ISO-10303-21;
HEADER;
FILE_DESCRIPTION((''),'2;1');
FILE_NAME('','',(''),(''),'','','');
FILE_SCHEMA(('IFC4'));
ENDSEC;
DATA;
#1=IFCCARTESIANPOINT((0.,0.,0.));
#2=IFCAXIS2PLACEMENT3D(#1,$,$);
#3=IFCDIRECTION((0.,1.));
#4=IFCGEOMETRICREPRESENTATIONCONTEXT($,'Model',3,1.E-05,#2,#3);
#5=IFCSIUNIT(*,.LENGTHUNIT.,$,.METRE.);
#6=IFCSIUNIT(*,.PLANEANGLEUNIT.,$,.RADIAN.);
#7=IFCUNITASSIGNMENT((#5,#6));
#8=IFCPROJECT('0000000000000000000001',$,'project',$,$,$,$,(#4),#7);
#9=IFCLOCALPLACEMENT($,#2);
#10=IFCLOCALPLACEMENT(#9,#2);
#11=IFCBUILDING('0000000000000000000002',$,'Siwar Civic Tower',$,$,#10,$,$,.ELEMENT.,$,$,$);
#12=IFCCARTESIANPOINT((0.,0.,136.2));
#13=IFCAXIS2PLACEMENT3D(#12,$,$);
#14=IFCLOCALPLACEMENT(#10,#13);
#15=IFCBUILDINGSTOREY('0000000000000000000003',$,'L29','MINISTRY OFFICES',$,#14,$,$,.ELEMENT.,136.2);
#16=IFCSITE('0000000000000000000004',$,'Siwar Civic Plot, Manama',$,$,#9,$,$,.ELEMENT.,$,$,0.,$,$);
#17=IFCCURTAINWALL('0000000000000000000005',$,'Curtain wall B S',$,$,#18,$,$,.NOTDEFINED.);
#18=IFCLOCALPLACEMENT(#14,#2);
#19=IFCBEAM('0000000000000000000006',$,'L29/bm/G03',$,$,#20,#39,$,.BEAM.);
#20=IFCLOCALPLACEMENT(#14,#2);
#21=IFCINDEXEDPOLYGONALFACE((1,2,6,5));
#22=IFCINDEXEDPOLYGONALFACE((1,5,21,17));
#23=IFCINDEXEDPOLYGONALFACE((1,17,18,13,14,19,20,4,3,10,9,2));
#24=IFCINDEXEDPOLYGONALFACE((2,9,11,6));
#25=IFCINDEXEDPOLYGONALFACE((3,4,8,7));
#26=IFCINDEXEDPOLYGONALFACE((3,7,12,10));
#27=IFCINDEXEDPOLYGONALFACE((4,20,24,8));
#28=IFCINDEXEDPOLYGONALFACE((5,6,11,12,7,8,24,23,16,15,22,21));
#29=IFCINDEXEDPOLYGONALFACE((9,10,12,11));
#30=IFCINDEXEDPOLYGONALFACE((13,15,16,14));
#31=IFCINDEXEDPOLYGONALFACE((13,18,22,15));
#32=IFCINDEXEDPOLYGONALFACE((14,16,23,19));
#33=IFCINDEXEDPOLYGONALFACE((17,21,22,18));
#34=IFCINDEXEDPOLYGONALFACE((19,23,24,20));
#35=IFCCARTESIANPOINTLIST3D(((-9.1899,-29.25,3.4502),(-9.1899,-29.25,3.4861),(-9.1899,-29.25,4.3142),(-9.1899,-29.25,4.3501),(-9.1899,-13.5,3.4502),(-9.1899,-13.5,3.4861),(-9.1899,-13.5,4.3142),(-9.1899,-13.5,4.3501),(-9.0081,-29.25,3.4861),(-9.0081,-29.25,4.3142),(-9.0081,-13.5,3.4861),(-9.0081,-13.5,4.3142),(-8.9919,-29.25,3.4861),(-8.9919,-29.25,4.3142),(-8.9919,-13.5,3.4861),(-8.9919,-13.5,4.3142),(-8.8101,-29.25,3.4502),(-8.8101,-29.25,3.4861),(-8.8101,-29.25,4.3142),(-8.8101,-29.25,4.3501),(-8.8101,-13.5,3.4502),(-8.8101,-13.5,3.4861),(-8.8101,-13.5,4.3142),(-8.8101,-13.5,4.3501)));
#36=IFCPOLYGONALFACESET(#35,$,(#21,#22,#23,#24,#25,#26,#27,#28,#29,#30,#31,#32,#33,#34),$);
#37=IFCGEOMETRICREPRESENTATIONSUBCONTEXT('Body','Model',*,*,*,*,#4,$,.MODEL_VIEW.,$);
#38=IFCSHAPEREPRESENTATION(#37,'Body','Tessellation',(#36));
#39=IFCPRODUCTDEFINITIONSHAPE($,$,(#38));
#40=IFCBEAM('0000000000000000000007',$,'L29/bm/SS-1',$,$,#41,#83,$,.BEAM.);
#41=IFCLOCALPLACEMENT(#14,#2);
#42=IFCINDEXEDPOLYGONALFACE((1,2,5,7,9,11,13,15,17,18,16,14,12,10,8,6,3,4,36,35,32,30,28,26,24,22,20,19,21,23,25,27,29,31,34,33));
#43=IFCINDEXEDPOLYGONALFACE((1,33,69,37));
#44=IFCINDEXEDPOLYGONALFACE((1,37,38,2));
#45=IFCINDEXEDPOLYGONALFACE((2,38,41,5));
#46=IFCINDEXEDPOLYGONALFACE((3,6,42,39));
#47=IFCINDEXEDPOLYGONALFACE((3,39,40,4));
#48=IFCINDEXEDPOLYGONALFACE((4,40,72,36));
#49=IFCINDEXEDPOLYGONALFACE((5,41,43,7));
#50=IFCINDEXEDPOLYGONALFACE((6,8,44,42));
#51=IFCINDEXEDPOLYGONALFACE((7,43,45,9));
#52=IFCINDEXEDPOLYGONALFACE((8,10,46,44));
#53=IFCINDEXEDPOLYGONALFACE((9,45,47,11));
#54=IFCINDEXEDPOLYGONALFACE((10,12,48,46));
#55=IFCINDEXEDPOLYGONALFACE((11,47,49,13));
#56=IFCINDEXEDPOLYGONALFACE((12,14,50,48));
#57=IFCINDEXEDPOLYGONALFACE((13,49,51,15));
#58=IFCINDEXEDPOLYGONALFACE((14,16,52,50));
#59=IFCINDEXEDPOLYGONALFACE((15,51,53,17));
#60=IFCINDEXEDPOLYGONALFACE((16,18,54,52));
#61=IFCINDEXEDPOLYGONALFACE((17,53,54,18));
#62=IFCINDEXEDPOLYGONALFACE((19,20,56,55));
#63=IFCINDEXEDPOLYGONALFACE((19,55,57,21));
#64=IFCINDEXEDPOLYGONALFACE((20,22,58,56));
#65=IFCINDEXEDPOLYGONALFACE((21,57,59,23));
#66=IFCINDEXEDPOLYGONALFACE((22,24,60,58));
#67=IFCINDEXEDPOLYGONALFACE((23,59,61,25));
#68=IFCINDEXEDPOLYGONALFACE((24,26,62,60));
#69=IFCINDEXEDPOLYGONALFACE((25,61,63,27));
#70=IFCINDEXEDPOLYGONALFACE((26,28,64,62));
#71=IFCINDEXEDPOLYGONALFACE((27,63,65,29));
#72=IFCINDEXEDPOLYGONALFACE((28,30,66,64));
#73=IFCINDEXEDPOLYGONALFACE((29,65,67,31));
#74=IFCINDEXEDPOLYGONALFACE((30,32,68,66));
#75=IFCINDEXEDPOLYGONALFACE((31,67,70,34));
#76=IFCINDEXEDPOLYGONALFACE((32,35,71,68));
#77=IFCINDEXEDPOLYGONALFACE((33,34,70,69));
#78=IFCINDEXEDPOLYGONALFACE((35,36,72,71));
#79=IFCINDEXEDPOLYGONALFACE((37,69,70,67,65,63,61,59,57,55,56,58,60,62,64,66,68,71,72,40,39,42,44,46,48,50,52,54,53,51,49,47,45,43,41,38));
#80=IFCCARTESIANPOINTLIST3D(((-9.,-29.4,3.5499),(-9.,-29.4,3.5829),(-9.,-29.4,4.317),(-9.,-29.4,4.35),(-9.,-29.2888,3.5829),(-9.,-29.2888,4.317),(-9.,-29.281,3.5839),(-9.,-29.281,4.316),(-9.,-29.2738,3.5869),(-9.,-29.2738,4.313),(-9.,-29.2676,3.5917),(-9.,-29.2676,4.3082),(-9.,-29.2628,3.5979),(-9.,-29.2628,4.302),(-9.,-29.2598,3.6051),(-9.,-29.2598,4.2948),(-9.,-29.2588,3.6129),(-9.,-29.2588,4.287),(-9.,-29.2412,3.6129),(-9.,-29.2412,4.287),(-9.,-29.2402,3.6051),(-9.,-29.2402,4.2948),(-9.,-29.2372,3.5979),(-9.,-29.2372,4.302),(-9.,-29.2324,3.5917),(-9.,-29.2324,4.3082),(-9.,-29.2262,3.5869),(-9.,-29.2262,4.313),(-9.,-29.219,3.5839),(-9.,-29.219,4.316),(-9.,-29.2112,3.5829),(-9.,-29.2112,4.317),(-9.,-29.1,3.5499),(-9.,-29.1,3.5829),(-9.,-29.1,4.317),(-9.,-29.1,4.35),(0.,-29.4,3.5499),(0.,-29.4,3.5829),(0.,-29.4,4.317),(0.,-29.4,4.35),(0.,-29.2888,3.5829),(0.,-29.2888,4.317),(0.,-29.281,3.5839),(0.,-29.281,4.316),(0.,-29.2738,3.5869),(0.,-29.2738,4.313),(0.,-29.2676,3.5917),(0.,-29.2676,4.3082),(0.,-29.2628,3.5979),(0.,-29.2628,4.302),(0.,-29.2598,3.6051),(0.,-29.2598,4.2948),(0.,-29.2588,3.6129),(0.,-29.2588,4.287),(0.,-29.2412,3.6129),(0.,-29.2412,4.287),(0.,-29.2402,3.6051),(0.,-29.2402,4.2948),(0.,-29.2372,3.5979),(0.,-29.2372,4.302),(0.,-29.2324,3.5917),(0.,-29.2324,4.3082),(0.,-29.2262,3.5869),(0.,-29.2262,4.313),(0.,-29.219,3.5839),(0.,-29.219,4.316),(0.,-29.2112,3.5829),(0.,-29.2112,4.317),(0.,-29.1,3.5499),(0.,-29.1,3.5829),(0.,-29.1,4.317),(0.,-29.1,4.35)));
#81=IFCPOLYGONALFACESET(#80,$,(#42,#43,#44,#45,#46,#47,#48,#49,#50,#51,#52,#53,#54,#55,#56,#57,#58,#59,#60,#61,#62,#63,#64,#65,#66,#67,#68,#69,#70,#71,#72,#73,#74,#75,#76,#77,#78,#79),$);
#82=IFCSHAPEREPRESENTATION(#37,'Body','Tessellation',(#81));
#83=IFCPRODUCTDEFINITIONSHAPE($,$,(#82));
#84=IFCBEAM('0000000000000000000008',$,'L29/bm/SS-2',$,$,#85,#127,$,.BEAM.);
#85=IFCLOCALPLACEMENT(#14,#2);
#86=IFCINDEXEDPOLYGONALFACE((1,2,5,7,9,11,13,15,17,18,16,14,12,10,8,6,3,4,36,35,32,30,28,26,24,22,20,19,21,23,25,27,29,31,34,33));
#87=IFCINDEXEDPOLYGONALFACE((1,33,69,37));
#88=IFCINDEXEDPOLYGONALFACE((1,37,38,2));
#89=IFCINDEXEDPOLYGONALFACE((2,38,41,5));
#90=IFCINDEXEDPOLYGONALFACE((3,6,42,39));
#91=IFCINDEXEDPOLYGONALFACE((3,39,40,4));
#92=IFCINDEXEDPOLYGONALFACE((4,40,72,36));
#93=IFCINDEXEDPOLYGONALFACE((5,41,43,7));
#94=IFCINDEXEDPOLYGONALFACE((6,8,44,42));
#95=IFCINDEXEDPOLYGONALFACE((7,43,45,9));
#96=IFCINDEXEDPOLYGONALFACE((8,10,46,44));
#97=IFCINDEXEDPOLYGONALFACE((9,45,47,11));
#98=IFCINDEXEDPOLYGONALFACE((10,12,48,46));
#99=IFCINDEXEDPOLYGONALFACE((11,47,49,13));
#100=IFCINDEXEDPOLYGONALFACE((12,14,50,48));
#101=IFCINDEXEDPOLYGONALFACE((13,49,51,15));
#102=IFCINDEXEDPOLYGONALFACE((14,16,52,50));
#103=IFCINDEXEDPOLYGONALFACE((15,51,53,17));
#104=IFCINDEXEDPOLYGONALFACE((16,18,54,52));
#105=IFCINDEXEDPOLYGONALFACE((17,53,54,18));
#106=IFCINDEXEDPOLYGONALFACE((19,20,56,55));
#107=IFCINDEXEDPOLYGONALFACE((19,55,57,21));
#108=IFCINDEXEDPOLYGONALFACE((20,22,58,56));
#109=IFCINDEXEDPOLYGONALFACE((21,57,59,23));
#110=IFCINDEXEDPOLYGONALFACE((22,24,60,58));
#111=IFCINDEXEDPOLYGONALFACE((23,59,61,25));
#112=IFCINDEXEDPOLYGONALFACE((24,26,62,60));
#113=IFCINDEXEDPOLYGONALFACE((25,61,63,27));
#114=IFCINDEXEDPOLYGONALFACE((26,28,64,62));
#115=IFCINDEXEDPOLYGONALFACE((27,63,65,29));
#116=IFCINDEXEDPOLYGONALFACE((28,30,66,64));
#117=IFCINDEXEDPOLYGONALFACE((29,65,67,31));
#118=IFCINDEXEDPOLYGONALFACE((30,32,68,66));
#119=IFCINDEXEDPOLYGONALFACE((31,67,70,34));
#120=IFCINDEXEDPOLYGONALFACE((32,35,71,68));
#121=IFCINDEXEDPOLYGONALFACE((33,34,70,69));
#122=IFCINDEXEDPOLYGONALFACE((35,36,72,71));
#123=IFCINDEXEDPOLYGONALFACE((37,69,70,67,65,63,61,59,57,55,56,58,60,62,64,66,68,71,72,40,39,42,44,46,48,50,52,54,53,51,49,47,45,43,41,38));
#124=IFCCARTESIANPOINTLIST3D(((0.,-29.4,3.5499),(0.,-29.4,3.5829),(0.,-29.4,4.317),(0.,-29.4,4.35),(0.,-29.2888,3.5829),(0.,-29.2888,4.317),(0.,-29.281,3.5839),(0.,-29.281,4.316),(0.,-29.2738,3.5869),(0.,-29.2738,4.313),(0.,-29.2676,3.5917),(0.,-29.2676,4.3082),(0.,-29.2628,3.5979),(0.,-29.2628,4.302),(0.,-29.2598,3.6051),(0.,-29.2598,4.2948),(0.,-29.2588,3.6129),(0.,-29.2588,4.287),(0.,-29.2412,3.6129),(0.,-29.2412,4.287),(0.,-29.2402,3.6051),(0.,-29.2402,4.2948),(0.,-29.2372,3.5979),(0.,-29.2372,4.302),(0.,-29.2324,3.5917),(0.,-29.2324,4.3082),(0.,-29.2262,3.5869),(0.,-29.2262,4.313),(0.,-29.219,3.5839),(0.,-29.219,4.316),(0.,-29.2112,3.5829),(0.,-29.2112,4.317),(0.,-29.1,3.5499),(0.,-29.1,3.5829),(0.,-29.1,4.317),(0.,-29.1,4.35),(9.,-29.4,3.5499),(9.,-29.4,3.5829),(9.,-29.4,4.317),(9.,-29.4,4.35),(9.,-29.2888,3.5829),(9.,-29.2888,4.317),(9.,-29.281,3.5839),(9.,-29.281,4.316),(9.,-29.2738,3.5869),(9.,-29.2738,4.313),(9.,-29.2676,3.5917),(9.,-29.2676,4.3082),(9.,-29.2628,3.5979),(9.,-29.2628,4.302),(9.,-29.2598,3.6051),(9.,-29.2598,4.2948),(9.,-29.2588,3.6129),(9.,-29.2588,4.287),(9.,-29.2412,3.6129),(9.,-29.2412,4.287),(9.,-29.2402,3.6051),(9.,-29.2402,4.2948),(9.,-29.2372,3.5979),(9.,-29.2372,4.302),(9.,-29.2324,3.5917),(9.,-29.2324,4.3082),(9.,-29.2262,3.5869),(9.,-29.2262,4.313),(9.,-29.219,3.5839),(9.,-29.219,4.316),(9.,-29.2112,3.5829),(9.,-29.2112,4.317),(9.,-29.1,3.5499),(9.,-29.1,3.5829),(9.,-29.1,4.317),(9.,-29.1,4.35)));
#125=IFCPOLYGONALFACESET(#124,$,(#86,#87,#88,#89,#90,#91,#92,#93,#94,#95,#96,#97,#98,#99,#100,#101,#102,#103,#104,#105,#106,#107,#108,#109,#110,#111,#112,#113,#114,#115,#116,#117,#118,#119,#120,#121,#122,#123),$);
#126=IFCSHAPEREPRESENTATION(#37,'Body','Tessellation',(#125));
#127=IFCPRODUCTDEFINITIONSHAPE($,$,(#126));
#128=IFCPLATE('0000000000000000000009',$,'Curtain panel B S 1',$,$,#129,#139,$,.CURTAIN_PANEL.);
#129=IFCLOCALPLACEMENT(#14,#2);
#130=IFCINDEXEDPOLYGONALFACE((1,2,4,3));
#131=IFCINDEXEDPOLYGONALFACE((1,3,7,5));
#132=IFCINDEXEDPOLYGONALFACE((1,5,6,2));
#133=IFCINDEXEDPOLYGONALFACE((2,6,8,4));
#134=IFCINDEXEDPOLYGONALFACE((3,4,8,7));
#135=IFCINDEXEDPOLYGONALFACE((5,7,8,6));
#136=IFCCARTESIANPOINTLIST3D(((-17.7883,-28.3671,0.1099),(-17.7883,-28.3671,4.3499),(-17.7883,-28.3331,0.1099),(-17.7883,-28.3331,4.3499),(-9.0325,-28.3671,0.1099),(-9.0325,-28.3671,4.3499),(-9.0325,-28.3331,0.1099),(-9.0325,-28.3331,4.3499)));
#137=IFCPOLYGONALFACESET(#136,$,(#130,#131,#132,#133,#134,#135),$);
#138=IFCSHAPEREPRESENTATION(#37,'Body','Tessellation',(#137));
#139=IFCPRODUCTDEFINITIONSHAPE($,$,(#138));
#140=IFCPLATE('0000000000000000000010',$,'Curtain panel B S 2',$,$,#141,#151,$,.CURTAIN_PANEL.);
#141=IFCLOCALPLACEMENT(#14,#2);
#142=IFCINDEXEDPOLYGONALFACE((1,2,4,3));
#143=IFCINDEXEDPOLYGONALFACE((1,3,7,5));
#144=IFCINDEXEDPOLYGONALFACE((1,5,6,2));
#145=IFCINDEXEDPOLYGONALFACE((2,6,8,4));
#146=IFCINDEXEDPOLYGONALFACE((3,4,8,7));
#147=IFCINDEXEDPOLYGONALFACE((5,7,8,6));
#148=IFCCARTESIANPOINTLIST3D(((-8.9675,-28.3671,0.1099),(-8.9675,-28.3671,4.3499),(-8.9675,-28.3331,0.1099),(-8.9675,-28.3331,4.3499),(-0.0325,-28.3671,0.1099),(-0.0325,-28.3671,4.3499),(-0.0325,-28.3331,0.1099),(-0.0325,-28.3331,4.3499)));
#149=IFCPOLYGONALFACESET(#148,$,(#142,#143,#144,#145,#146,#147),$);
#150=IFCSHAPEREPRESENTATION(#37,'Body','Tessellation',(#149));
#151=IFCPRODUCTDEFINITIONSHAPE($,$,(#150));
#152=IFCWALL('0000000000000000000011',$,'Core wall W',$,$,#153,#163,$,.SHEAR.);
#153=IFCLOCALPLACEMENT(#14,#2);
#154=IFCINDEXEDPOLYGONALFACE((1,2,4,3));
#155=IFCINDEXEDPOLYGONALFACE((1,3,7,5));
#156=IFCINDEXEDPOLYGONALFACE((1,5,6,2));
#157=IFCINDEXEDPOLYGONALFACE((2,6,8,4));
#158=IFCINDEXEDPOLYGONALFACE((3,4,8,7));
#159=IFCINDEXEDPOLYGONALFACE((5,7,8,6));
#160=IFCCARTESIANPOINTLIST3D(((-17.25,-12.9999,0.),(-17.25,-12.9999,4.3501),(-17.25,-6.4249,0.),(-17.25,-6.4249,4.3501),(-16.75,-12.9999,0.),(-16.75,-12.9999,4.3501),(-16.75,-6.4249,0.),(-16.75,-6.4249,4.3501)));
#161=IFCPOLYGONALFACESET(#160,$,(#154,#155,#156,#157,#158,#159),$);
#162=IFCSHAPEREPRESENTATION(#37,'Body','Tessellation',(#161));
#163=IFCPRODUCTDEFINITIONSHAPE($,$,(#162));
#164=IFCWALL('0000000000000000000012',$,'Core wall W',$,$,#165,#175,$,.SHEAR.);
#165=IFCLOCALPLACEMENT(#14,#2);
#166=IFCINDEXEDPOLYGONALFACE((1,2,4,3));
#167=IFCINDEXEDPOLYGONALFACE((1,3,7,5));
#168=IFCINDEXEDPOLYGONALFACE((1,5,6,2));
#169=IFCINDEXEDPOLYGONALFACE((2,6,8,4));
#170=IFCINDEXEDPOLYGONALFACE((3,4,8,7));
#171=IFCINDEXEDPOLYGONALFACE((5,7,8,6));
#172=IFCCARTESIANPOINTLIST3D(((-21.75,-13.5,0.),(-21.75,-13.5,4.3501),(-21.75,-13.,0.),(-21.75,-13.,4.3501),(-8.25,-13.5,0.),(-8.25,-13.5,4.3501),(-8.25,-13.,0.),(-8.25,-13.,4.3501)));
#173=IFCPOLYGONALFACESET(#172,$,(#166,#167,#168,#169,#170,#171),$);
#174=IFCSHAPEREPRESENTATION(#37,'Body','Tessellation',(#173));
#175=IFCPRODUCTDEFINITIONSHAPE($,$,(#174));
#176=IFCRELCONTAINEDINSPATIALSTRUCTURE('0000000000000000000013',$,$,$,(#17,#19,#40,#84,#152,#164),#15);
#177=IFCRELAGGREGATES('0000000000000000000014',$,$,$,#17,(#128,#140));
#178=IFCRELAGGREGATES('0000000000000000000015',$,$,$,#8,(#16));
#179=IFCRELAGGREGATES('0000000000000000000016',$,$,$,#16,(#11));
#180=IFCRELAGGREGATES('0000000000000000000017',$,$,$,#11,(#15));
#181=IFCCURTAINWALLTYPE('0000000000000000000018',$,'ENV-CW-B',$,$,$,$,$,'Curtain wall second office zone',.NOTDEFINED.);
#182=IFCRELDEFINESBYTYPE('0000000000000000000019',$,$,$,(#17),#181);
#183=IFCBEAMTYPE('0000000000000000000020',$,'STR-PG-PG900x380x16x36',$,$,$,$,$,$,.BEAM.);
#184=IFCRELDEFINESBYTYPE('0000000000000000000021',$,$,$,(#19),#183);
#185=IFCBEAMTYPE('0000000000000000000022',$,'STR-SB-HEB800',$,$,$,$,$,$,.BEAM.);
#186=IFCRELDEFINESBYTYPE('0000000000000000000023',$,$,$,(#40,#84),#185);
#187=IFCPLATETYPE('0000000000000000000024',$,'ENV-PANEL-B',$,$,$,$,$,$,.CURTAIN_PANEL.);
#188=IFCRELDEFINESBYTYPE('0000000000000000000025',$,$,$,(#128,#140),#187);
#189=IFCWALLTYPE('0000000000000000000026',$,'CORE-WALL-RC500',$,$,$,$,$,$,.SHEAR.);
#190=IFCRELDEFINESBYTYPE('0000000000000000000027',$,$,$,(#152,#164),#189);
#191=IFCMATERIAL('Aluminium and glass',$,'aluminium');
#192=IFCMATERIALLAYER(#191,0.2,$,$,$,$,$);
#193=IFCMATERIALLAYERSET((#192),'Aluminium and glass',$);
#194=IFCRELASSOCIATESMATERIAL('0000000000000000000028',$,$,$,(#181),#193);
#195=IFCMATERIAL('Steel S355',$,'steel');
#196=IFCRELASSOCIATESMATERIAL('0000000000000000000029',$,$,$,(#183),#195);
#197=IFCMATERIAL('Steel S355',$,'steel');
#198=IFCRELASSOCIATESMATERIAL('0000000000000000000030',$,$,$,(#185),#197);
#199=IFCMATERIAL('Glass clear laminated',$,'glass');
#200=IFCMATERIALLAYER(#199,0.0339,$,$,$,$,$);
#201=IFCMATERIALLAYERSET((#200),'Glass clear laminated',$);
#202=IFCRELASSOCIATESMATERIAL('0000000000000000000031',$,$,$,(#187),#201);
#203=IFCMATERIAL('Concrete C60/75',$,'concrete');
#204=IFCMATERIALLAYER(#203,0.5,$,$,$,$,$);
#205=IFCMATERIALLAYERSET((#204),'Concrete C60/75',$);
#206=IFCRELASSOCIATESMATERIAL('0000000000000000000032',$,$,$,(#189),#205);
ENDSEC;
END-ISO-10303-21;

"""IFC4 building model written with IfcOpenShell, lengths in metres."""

from ifc_helpers import new_model, si_unit, direction, frame, frame_2d, origin, origin_2d, place, context, subcontext, project, spatial, rectangle, i_section, extrude, material, layer, layer_set, material_profile, profile_set, type_object, element, aggregate, save


model = new_model("IFC4")

# Units and contexts
model_context = context("Model", 3, precision=1e-05, world=origin(), true_north=direction((0.0, 1.0)))
body_context = subcontext(model_context, "Body", "Model", "MODEL_VIEW")
ifc_project = project(units=[si_unit("LENGTHUNIT", "METRE"), si_unit("PLANEANGLEUNIT", "RADIAN")], contexts=[model_context])

# Site, building, storey
site_placement = place(None, origin())
site = spatial("IfcSite", under=ifc_project, at=site_placement, Name="Siwar Civic Plot, Manama", CompositionType="ELEMENT", RefElevation=0.0)
building_placement = place(site_placement, origin())
building = spatial("IfcBuilding", under=site, at=building_placement, Name="Siwar Civic Tower", CompositionType="ELEMENT")
storey_placement = place(building_placement, frame((0.0, 0.0, 136.2)))
storey = spatial("IfcBuildingStorey", under=building, at=storey_placement, Name="L29", Description="MINISTRY OFFICES", CompositionType="ELEMENT", Elevation=136.2)

# Curtain wall
ifc_material_1 = material(Name="Aluminium and glass", Category="aluminium")
ifc_layer_1 = layer(ifc_material_1, 0.2)
ifc_layer_set_1 = layer_set([ifc_layer_1], Name="Aluminium and glass")
curtain_wall_type = type_object("IfcCurtainWallType", Name="ENV-CW-B", ElementType="Curtain wall second office zone", PredefinedType="NOTDEFINED", material=ifc_layer_set_1)
curtain_wall_placement = place(storey_placement, origin())
curtain_wall = element("IfcCurtainWall", 1, at=curtain_wall_placement, inside=storey, type_object=curtain_wall_type, Name="Curtain wall B S", PredefinedType="NOTDEFINED")

# Beams
ifc_material_2 = material(Name="Steel S355", Category="steel")
ifc_material_profile_1 = material_profile(ifc_material_2, i_section(OverallWidth=0.3799, OverallDepth=0.8999, WebThickness=0.0161, FlangeThickness=0.0359, at=origin_2d()), Name="PG900x380x16x36")
ifc_profile_set_1 = profile_set([ifc_material_profile_1], Name="Steel S355")
beam_type_1 = type_object("IfcBeamType", Name="STR-PG-PG900x380x16x36", PredefinedType="BEAM", material=ifc_profile_set_1)
beam_1_placement = place(storey_placement, frame((-9.0, -29.25, 3.9001), z_axis=(0.0, 1.0, 0.0), x_axis=(-1.0, 0.0, 0.0)))
element("IfcBeam", 2, at=beam_1_placement, inside=storey, type_object=beam_type_1, Name="L29/bm/G03", PredefinedType="BEAM", context=body_context, shape_type="SweptSolid", body=[
    extrude(i_section(OverallWidth=0.3799, OverallDepth=0.8999, WebThickness=0.0161, FlangeThickness=0.0359, at=origin_2d()), origin(), (0.0, 0.0, 1.0), 15.75),
])
ifc_material_3 = material(Name="Steel S355", Category="steel")
ifc_material_profile_2 = material_profile(ifc_material_3, i_section(OverallWidth=0.3, OverallDepth=0.8, WebThickness=0.0176, FlangeThickness=0.033, FilletRadius=0.03, at=origin_2d()), Name="HEB800")
ifc_profile_set_2 = profile_set([ifc_material_profile_2], Name="Steel S355")
beam_type_2 = type_object("IfcBeamType", Name="STR-SB-HEB800", PredefinedType="BEAM", material=ifc_profile_set_2)
for number, where, z_axis, x_axis, name in (
    (3, (-9.0, -29.25, 3.95), (1.0, 0.0, 0.0), (0.0, 1.0, 0.0), "L29/bm/SS-1"),
    (4, (0.0, -29.25, 3.95), (1.0, 0.0, 0.0), (0.0, 1.0, 0.0), "L29/bm/SS-2"),
):
    element("IfcBeam", number, at=place(storey_placement, frame(where, z_axis=z_axis, x_axis=x_axis)), inside=storey, type_object=beam_type_2, Name=name, PredefinedType="BEAM", context=body_context, shape_type="SweptSolid", body=[
        extrude(i_section(OverallWidth=0.3, OverallDepth=0.8, WebThickness=0.0176, FlangeThickness=0.033, FilletRadius=0.03, at=origin_2d()), origin(), (0.0, 0.0, 1.0), 9.0),
    ])

# Plates
ifc_material_4 = material(Name="Glass clear laminated", Category="glass")
ifc_layer_2 = layer(ifc_material_4, 0.0339)
ifc_layer_set_2 = layer_set([ifc_layer_2], Name="Glass clear laminated")
plate_type = type_object("IfcPlateType", Name="ENV-PANEL-B", PredefinedType="CURTAIN_PANEL", material=ifc_layer_set_2)
plate_1_placement = place(storey_placement, frame((-13.4104, -28.3501, 0.1099), z_axis=(0.0, 0.0, 1.0), x_axis=(1.0, 0.0, 0.0)))
plate_1 = element("IfcPlate", 5, at=plate_1_placement, type_object=plate_type, Name="Curtain panel B S 1", PredefinedType="CURTAIN_PANEL", context=body_context, shape_type="SweptSolid", body=[
    extrude(rectangle(XDim=8.7559, YDim=0.0339, at=origin_2d()), origin(), (0.0, 0.0, 1.0), 4.24),
])
plate_2_placement = place(storey_placement, frame((-4.5, -28.3501, 0.1099), z_axis=(0.0, 0.0, 1.0), x_axis=(1.0, 0.0, 0.0)))
plate_2 = element("IfcPlate", 6, at=plate_2_placement, type_object=plate_type, Name="Curtain panel B S 2", PredefinedType="CURTAIN_PANEL", context=body_context, shape_type="SweptSolid", body=[
    extrude(rectangle(XDim=8.9351, YDim=0.0339, at=origin_2d()), origin(), (0.0, 0.0, 1.0), 4.24),
])
aggregate(curtain_wall, [plate_1, plate_2])

# Walls
ifc_material_5 = material(Name="Concrete C60/75", Category="concrete")
ifc_layer_3 = layer(ifc_material_5, 0.5)
ifc_layer_set_3 = layer_set([ifc_layer_3], Name="Concrete C60/75")
wall_type_1 = type_object("IfcWallType", Name="CORE-WALL-RC500", PredefinedType="SHEAR", material=ifc_layer_set_3)
wall_1_placement = place(storey_placement, frame((-17.0, -13.0, 0.0), z_axis=(0.0, 0.0, 1.0), x_axis=(0.0, 1.0, 0.0)))
element("IfcWall", 7, at=wall_1_placement, inside=storey, type_object=wall_type_1, Name="Core wall W", PredefinedType="SHEAR", context=body_context, shape_type="SweptSolid", body=[
    extrude(rectangle(XDim=6.575, YDim=0.5, at=frame_2d((3.2876, 0.0))), origin(), (0.0, 0.0, 1.0), 4.3501),
])
wall_2_placement = place(storey_placement, frame((-8.25, -13.25, 0.0), z_axis=(0.0, 0.0, 1.0), x_axis=(-1.0, 0.0, 0.0)))
element("IfcWall", 8, at=wall_2_placement, inside=storey, type_object=wall_type_1, Name="Core wall W", PredefinedType="SHEAR", context=body_context, shape_type="SweptSolid", body=[
    extrude(rectangle(XDim=13.5, YDim=0.5, at=frame_2d((6.75, 0.0))), origin(), (0.0, 0.0, 1.0), 4.3501),
])

save(model, "model.ifc")
